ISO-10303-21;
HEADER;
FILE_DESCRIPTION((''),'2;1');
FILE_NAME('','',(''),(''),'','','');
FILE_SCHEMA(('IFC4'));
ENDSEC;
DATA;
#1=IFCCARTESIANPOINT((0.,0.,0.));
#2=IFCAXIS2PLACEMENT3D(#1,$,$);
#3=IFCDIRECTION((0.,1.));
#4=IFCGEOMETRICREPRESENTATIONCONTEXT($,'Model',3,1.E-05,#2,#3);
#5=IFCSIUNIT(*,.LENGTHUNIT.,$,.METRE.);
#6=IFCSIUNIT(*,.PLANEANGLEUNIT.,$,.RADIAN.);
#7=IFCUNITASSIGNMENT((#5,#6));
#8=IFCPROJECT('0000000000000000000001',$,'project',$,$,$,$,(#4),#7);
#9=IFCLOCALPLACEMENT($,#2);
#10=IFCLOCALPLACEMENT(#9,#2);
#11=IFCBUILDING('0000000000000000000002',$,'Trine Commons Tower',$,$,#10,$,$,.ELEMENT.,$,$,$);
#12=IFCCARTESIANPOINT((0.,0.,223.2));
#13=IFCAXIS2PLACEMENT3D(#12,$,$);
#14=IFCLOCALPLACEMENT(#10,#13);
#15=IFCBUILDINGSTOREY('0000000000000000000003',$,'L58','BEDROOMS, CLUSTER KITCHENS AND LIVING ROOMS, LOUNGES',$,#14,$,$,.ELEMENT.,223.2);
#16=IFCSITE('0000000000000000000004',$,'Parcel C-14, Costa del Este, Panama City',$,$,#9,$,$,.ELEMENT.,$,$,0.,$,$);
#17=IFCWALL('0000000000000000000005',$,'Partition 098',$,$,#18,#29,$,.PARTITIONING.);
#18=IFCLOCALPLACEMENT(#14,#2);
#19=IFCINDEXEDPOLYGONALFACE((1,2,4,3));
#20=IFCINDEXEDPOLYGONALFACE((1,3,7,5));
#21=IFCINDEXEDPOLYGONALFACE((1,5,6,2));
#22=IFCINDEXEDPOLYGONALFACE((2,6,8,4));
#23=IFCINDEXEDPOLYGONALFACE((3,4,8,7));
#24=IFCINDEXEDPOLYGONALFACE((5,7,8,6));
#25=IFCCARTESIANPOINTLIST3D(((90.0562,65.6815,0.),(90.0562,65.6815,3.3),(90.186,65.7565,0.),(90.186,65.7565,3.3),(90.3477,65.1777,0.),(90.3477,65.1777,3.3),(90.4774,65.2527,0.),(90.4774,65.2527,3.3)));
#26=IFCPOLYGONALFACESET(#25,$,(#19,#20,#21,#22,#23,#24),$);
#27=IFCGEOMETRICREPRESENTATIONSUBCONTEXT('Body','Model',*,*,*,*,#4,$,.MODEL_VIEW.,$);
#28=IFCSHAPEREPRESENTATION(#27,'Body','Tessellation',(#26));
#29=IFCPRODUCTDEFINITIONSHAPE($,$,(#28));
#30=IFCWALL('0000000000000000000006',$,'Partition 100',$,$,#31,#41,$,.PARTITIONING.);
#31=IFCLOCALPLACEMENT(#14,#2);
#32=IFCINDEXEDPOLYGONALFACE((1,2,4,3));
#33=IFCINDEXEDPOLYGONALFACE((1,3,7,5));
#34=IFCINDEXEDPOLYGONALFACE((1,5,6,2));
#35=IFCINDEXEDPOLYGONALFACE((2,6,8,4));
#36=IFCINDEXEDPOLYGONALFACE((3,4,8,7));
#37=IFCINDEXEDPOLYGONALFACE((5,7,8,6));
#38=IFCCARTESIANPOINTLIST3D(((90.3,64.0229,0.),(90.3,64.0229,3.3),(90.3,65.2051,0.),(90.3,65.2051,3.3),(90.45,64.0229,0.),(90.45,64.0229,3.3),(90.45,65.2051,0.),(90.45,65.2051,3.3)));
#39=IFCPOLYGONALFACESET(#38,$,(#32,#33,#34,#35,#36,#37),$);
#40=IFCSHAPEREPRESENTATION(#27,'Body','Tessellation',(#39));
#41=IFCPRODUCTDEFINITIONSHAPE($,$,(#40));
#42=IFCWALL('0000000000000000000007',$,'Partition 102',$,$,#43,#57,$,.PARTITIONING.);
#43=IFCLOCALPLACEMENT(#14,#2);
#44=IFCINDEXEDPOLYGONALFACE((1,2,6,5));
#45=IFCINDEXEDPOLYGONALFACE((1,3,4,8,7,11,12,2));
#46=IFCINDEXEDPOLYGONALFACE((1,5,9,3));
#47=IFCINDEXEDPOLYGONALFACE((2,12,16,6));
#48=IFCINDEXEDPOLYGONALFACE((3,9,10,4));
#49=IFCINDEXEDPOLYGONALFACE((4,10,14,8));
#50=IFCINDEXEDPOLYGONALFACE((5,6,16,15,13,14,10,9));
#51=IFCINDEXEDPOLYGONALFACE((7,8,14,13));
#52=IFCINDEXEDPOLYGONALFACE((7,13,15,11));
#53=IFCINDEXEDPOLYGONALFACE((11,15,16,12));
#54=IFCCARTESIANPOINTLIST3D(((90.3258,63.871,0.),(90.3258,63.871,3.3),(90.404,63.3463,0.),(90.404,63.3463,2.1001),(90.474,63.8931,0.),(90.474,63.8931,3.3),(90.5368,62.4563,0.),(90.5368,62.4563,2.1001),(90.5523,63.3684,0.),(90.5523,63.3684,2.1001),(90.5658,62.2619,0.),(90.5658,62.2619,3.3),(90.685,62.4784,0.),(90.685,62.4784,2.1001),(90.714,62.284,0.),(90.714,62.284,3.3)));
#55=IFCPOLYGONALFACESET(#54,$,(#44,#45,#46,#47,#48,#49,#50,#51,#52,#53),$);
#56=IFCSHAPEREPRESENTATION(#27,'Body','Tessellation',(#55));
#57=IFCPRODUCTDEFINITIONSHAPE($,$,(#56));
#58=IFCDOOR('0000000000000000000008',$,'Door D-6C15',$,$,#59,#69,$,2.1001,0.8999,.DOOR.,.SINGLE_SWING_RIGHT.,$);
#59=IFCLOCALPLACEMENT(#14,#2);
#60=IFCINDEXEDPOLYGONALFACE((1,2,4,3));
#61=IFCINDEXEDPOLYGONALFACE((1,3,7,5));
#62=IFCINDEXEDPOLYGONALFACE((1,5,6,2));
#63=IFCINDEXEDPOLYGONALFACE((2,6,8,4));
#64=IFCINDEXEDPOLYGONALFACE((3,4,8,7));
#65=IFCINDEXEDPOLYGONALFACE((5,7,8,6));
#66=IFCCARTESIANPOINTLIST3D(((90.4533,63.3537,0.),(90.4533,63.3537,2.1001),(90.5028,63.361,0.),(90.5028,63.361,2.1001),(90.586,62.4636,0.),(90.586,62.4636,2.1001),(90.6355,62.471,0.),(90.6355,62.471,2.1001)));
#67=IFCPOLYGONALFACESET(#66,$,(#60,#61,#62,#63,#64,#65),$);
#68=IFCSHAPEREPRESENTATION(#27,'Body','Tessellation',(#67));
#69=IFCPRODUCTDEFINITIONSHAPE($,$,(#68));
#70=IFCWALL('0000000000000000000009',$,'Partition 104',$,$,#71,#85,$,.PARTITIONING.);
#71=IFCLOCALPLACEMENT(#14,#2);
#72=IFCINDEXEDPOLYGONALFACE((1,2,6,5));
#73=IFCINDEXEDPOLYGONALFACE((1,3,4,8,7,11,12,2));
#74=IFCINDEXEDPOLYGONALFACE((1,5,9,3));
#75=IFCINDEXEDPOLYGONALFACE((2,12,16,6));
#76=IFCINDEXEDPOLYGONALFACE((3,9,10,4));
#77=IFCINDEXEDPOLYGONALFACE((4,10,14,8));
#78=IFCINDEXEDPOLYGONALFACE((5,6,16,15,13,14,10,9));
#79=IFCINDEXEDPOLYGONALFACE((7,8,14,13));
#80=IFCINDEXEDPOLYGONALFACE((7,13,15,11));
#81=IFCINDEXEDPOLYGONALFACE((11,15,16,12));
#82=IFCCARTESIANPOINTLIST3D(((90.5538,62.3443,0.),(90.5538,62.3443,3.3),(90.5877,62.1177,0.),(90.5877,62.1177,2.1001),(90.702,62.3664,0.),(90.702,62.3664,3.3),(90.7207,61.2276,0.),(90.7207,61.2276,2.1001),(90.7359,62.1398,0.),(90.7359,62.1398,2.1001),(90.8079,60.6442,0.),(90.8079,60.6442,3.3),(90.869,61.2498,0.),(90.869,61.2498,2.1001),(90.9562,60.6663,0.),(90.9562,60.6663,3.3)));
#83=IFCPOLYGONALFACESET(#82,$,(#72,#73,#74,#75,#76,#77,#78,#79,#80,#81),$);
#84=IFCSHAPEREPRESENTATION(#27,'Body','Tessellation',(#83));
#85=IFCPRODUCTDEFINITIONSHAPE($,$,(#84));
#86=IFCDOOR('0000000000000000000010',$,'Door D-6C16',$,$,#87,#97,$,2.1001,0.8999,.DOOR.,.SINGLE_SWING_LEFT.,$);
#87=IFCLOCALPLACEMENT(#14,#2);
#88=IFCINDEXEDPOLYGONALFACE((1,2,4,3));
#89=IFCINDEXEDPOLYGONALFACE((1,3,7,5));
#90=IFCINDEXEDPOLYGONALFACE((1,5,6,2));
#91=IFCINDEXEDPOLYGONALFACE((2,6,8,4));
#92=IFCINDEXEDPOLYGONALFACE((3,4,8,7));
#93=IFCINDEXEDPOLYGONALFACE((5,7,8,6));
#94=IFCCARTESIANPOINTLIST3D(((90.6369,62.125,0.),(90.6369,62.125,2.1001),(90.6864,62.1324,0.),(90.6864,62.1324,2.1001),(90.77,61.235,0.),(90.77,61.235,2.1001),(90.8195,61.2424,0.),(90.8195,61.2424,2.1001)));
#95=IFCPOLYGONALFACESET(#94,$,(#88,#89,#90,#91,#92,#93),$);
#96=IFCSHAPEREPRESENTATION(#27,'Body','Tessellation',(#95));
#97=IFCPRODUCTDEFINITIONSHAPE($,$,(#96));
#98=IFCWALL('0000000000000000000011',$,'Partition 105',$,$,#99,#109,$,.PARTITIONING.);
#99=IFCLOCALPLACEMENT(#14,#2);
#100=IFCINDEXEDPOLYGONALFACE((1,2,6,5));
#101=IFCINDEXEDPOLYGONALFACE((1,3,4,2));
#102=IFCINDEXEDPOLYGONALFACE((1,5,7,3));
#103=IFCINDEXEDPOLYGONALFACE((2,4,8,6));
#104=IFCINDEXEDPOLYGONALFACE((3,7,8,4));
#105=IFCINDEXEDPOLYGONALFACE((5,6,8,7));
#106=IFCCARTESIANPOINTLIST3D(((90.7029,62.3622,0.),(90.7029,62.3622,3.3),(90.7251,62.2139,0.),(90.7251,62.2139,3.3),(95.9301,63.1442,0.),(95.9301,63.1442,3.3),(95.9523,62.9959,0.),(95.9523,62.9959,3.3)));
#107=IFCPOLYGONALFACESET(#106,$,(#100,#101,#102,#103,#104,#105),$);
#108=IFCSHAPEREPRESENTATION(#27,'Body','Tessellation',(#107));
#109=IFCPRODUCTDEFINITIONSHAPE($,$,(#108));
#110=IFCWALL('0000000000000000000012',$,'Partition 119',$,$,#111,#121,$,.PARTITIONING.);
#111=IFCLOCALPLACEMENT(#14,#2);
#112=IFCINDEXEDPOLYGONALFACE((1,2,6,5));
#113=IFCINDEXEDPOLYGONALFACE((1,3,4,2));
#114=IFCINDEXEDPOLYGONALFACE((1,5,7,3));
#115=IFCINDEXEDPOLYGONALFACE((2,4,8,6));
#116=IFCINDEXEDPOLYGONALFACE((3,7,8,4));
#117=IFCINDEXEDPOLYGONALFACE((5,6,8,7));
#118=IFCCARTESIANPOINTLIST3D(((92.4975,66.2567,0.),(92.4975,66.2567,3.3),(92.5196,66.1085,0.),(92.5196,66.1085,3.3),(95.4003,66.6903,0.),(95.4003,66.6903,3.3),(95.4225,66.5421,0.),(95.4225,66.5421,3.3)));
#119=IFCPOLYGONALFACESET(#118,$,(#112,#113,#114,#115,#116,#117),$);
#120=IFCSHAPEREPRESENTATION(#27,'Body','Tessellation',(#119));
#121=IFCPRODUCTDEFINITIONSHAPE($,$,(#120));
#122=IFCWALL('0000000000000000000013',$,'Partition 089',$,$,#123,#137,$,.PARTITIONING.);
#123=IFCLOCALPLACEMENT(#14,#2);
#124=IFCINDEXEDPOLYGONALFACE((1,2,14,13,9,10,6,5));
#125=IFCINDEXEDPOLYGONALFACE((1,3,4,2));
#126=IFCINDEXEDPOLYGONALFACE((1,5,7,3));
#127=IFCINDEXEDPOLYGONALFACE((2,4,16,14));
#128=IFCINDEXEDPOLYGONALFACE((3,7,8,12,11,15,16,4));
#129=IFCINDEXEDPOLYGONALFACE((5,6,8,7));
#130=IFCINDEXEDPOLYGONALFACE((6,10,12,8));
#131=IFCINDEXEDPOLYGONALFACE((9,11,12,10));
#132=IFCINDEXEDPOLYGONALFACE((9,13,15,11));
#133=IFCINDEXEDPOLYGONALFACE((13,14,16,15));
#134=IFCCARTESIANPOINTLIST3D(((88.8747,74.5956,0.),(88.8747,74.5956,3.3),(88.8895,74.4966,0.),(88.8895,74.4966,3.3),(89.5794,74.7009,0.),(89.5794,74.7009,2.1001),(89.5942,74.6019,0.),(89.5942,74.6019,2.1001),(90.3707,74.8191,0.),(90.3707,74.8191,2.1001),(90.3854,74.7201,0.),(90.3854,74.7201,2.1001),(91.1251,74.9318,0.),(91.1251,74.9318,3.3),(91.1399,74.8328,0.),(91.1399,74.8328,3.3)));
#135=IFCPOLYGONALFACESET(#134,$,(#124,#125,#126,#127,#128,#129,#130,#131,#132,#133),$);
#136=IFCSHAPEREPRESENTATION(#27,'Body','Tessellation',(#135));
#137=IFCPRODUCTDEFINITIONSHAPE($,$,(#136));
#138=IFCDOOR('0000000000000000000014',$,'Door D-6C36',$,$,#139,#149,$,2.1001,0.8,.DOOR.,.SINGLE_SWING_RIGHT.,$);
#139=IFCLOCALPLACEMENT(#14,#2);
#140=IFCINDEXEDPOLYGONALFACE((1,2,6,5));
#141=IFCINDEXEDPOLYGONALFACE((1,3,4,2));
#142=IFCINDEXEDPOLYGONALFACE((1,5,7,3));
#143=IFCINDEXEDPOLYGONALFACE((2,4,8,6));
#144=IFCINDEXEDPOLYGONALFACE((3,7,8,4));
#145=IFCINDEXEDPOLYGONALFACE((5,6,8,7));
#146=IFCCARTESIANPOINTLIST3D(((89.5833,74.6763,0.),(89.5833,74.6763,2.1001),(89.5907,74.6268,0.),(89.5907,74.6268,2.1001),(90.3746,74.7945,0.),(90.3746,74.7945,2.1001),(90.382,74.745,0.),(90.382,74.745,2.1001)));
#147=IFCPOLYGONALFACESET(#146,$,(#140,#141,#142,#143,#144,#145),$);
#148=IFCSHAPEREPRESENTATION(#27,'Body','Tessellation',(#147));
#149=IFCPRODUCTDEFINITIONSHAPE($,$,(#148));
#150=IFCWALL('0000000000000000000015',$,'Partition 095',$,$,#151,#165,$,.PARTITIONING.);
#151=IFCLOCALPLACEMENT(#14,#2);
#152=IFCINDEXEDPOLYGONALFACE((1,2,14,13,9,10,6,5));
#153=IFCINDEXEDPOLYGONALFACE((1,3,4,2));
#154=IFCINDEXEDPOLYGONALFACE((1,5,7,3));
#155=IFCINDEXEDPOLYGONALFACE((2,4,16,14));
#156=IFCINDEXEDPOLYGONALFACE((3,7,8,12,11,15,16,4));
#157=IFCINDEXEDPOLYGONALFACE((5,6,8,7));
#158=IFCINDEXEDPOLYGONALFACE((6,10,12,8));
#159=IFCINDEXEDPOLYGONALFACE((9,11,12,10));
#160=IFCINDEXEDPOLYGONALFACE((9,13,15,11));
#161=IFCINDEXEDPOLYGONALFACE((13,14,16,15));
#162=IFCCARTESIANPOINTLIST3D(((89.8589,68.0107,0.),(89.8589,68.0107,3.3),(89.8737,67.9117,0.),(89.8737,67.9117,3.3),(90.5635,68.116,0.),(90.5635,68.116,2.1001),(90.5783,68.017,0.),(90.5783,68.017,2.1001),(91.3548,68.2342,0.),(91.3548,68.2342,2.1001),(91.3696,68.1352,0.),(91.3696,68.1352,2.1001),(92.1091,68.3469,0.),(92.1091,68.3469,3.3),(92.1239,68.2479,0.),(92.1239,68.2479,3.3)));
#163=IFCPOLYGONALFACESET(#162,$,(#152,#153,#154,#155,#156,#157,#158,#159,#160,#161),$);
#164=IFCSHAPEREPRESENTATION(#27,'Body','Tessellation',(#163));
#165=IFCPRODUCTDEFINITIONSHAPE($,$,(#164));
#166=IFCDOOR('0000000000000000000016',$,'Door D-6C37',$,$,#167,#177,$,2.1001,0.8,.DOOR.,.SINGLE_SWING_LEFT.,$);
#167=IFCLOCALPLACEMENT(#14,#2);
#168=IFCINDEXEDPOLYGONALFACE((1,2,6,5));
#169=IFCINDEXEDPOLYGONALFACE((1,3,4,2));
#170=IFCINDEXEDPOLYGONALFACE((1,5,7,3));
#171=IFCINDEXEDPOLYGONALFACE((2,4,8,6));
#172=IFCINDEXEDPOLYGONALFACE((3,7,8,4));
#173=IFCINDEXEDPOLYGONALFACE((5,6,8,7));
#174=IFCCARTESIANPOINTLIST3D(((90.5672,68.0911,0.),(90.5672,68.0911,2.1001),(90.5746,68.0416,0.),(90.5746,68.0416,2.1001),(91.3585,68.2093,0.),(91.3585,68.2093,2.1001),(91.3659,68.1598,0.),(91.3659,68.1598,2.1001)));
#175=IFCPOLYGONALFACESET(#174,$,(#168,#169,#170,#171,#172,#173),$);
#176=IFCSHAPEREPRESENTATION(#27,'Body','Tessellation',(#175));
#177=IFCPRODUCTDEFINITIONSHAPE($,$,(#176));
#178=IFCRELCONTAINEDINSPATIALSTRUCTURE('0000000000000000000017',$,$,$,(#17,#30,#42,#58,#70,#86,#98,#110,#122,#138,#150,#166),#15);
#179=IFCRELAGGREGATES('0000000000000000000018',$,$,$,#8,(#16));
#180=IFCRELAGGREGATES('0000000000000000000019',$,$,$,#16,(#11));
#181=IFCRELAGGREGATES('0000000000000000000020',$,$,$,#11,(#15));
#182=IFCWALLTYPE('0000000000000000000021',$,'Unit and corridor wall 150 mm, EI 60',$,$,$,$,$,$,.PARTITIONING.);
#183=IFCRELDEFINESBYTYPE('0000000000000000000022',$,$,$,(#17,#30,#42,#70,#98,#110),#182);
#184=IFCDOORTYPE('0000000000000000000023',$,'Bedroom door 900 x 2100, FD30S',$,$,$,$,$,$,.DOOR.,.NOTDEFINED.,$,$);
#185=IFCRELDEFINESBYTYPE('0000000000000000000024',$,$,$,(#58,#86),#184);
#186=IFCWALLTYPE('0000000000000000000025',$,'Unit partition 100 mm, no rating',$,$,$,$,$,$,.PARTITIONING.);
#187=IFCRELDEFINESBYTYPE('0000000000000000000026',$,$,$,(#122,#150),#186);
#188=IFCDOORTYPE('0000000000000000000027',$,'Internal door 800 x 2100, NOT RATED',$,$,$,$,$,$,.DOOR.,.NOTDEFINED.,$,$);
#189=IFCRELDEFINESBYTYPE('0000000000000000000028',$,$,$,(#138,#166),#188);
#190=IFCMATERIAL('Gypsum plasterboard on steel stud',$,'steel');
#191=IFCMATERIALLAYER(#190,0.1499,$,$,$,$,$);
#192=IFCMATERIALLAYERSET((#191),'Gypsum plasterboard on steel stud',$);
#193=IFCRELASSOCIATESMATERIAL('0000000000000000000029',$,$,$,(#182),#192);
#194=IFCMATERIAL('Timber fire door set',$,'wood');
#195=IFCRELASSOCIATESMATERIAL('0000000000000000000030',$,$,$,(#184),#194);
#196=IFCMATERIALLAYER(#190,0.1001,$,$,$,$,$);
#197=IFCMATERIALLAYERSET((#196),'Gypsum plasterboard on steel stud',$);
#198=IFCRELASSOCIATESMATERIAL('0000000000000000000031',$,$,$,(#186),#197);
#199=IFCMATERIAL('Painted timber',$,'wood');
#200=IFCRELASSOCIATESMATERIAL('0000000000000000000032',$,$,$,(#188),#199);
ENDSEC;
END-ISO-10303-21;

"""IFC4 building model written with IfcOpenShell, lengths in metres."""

from ifc_helpers import new_model, si_unit, direction, frame, frame_2d, origin, place, context, subcontext, project, spatial, rectangle, extrude, material, layer, layer_set, type_object, element, fill, save


model = new_model("IFC4")

# Units and contexts
model_context = context("Model", 3, precision=1e-05, world=origin(), true_north=direction((0.0, 1.0)))
body_context = subcontext(model_context, "Body", "Model", "MODEL_VIEW")
ifc_project = project(units=[si_unit("LENGTHUNIT", "METRE"), si_unit("PLANEANGLEUNIT", "RADIAN")], contexts=[model_context])

# Site, building, storey
site_placement = place(None, origin())
site = spatial("IfcSite", under=ifc_project, at=site_placement, Name="Parcel C-14, Costa del Este, Panama City", CompositionType="ELEMENT", RefElevation=0.0)
building_placement = place(site_placement, origin())
building = spatial("IfcBuilding", under=site, at=building_placement, Name="Trine Commons Tower", CompositionType="ELEMENT")
storey_placement = place(building_placement, frame((0.0, 0.0, 223.2)))
storey = spatial("IfcBuildingStorey", under=building, at=storey_placement, Name="L58", Description="BEDROOMS, CLUSTER KITCHENS AND LIVING ROOMS, LOUNGES", CompositionType="ELEMENT", Elevation=223.2)

# Shared definitions
ifc_material_1 = material(Name="Gypsum plasterboard on steel stud", Category="steel")
ifc_layer_1 = layer(ifc_material_1, 0.1499)
ifc_layer_set_1 = layer_set([ifc_layer_1], Name="Gypsum plasterboard on steel stud")
wall_type_1 = type_object("IfcWallType", Name="Unit and corridor wall 150 mm, EI 60", PredefinedType="PARTITIONING", material=ifc_layer_set_1)

# Shared definitions
ifc_material_2 = material(Name="Timber fire door set", Category="wood")
door_type_1 = type_object("IfcDoorType", Name="Bedroom door 900 x 2100, FD30S", OperationType="NOTDEFINED", PredefinedType="DOOR", material=ifc_material_2)

# Walls
wall_1_placement = place(storey_placement, frame((90.1211, 65.719, 0.0), z_axis=(0.0, 0.0, 1.0), x_axis=(0.500739, -0.865599, 0.0)))
element("IfcWall", 1, at=wall_1_placement, inside=storey, type_object=wall_type_1, Name="Partition 098", PredefinedType="PARTITIONING", context=body_context, shape_type="SweptSolid", body=[
    extrude(rectangle(XDim=0.582, YDim=0.1499, at=frame_2d((0.291, 0.0))), origin(), (0.0, 0.0, 1.0), 3.3),
])
wall_2_placement = place(storey_placement, frame((90.375, 64.0229, 0.0), z_axis=(0.0, 0.0, 1.0), x_axis=(0.0, 1.0, 0.0)))
element("IfcWall", 2, at=wall_2_placement, inside=storey, type_object=wall_type_1, Name="Partition 100", PredefinedType="PARTITIONING", context=body_context, shape_type="SweptSolid", body=[
    extrude(rectangle(XDim=1.1821, YDim=0.1499, at=frame_2d((0.5911, 0.0))), origin(), (0.0, 0.0, 1.0), 3.3),
])

# Walls, openings, doors
wall_3_placement = place(storey_placement, frame((90.3999, 63.8821, 0.0), z_axis=(0.0, 0.0, 1.0), x_axis=(0.147511, -0.98906, 0.0)))
wall_3 = element("IfcWall", 3, at=wall_3_placement, inside=storey, type_object=wall_type_1, Name="Partition 102", PredefinedType="PARTITIONING", context=body_context, shape_type="SweptSolid", body=[
    extrude(rectangle(XDim=1.627, YDim=0.1499, at=frame_2d((0.8135, 0.0))), origin(), (0.0, 0.0, 1.0), 3.3),
])
opening_1_placement = place(wall_3_placement, frame((0.5305, 0.0, 0.0)))
opening_1 = element("IfcOpeningElement", 4, at=opening_1_placement, cuts=wall_3, PredefinedType="OPENING", context=body_context, shape_type="SweptSolid", body=[
    extrude(rectangle(XDim=0.8999, YDim=2.1001, at=frame_2d((0.45, 1.05))), frame((0.0, 0.085, 0.0), z_axis=(0.0, -1.0, 0.0), x_axis=(1.0, 0.0, 0.0)), (0.0, 0.0, 1.0), 0.1699),
])
door_1_placement = place(opening_1_placement, origin())
door_1 = element("IfcDoor", 5, at=door_1_placement, inside=storey, type_object=door_type_1, Name="Door D-6C15", OperationType="SINGLE_SWING_RIGHT", OverallHeight=2.1001, OverallWidth=0.8999, PredefinedType="DOOR", context=body_context, shape_type="SweptSolid", body=[
    extrude(rectangle(XDim=0.8999, YDim=2.1001, at=frame_2d((0.45, 1.05))), frame((0.0, 0.0249, 0.0), z_axis=(0.0, -1.0, 0.0), x_axis=(1.0, 0.0, 0.0)), (0.0, 0.0, 1.0), 0.05),
])
fill(opening_1, door_1)
wall_4_placement = place(storey_placement, frame((90.6279, 62.3552, 0.0), z_axis=(0.0, 0.0, 1.0), x_axis=(0.14784, -0.989011, 0.0)))
wall_4 = element("IfcWall", 6, at=wall_4_placement, inside=storey, type_object=wall_type_1, Name="Partition 104", PredefinedType="PARTITIONING", context=body_context, shape_type="SweptSolid", body=[
    extrude(rectangle(XDim=1.719, YDim=0.1499, at=frame_2d((0.8594, 0.0))), origin(), (0.0, 0.0, 1.0), 3.3),
])
opening_2_placement = place(wall_4_placement, frame((0.229, 0.0, 0.0)))
opening_2 = element("IfcOpeningElement", 7, at=opening_2_placement, cuts=wall_4, PredefinedType="OPENING", context=body_context, shape_type="SweptSolid", body=[
    extrude(rectangle(XDim=0.8999, YDim=2.1001, at=frame_2d((0.45, 1.05))), frame((0.0, 0.085, 0.0), z_axis=(0.0, -1.0, 0.0), x_axis=(1.0, 0.0, 0.0)), (0.0, 0.0, 1.0), 0.1699),
])
door_2_placement = place(opening_2_placement, origin())
door_2 = element("IfcDoor", 8, at=door_2_placement, inside=storey, type_object=door_type_1, Name="Door D-6C16", OperationType="SINGLE_SWING_LEFT", OverallHeight=2.1001, OverallWidth=0.8999, PredefinedType="DOOR", context=body_context, shape_type="SweptSolid", body=[
    extrude(rectangle(XDim=0.8999, YDim=2.1001, at=frame_2d((0.45, 1.05))), frame((0.0, 0.0249, 0.0), z_axis=(0.0, -1.0, 0.0), x_axis=(1.0, 0.0, 0.0)), (0.0, 0.0, 1.0), 0.05),
])
fill(opening_2, door_2)

# Walls
wall_5_placement = place(storey_placement, frame((90.7141, 62.2881, 0.0), z_axis=(0.0, 0.0, 1.0), x_axis=(0.988995, 0.14795, 0.0)))
element("IfcWall", 9, at=wall_5_placement, inside=storey, type_object=wall_type_1, Name="Partition 105", PredefinedType="PARTITIONING", context=body_context, shape_type="SweptSolid", body=[
    extrude(rectangle(XDim=5.2854, YDim=0.1499, at=frame_2d((2.6426, 0.0))), origin(), (0.0, 0.0, 1.0), 3.3),
])
wall_6_placement = place(storey_placement, frame((92.5085, 66.1826, 0.0), z_axis=(0.0, 0.0, 1.0), x_axis=(0.989028, 0.14773, 0.0)))
element("IfcWall", 10, at=wall_6_placement, inside=storey, type_object=wall_type_1, Name="Partition 119", PredefinedType="PARTITIONING", context=body_context, shape_type="SweptSolid", body=[
    extrude(rectangle(XDim=2.9351, YDim=0.1499, at=frame_2d((1.4675, 0.0))), origin(), (0.0, 0.0, 1.0), 3.3),
])

# Walls, openings, doors
ifc_layer_2 = layer(ifc_material_1, 0.1001)
ifc_layer_set_2 = layer_set([ifc_layer_2], Name="Gypsum plasterboard on steel stud")
wall_type_2 = type_object("IfcWallType", Name="Unit partition 100 mm, no rating", PredefinedType="PARTITIONING", material=ifc_layer_set_2)
wall_7_placement = place(storey_placement, frame((88.8821, 74.5461, 0.0), z_axis=(0.0, 0.0, 1.0), x_axis=(0.989026, 0.147742, 0.0)))
wall_7 = element("IfcWall", 11, at=wall_7_placement, inside=storey, type_object=wall_type_2, Name="Partition 089", PredefinedType="PARTITIONING", context=body_context, shape_type="SweptSolid", body=[
    extrude(rectangle(XDim=2.2754, YDim=0.1001, at=frame_2d((1.1377, 0.0))), origin(), (0.0, 0.0, 1.0), 3.3),
])
opening_3_placement = place(wall_7_placement, frame((0.7126, 0.0, 0.0)))
opening_3 = element("IfcOpeningElement", 12, at=opening_3_placement, cuts=wall_7, PredefinedType="OPENING", context=body_context, shape_type="SweptSolid", body=[
    extrude(rectangle(XDim=0.8, YDim=2.1001, at=frame_2d((0.3999, 1.05))), frame((0.0, 0.0601, 0.0), z_axis=(0.0, -1.0, 0.0), x_axis=(1.0, 0.0, 0.0)), (0.0, 0.0, 1.0), 0.1201),
])
ifc_material_3 = material(Name="Painted timber", Category="wood")
door_type_2 = type_object("IfcDoorType", Name="Internal door 800 x 2100, NOT RATED", OperationType="NOTDEFINED", PredefinedType="DOOR", material=ifc_material_3)
door_3_placement = place(opening_3_placement, frame((0.8, 0.0, 0.0), z_axis=(0.0, 0.0, 1.0), x_axis=(-1.0, 0.0, 0.0)))
door_3 = element("IfcDoor", 13, at=door_3_placement, inside=storey, type_object=door_type_2, Name="Door D-6C36", OperationType="SINGLE_SWING_RIGHT", OverallHeight=2.1001, OverallWidth=0.8, PredefinedType="DOOR", context=body_context, shape_type="SweptSolid", body=[
    extrude(rectangle(XDim=0.8, YDim=2.1001, at=frame_2d((0.3999, 1.05))), frame((0.0, 0.0249, 0.0), z_axis=(0.0, -1.0, 0.0), x_axis=(1.0, 0.0, 0.0)), (0.0, 0.0, 1.0), 0.05),
])
fill(opening_3, door_3)
wall_8_placement = place(storey_placement, frame((89.8662, 67.9612, 0.0), z_axis=(0.0, 0.0, 1.0), x_axis=(0.989024, 0.147758, 0.0)))
wall_8 = element("IfcWall", 14, at=wall_8_placement, inside=storey, type_object=wall_type_2, Name="Partition 095", PredefinedType="PARTITIONING", context=body_context, shape_type="SweptSolid", body=[
    extrude(rectangle(XDim=2.2751, YDim=0.1001, at=frame_2d((1.1377, 0.0))), origin(), (0.0, 0.0, 1.0), 3.3),
])
opening_4_placement = place(wall_8_placement, frame((0.7126, 0.0, 0.0)))
opening_4 = element("IfcOpeningElement", 15, at=opening_4_placement, cuts=wall_8, PredefinedType="OPENING", context=body_context, shape_type="SweptSolid", body=[
    extrude(rectangle(XDim=0.8, YDim=2.1001, at=frame_2d((0.3999, 1.05))), frame((0.0, 0.0601, 0.0), z_axis=(0.0, -1.0, 0.0), x_axis=(1.0, 0.0, 0.0)), (0.0, 0.0, 1.0), 0.1201),
])
door_4_placement = place(opening_4_placement, origin())
door_4 = element("IfcDoor", 16, at=door_4_placement, inside=storey, type_object=door_type_2, Name="Door D-6C37", OperationType="SINGLE_SWING_LEFT", OverallHeight=2.1001, OverallWidth=0.8, PredefinedType="DOOR", context=body_context, shape_type="SweptSolid", body=[
    extrude(rectangle(XDim=0.8, YDim=2.1001, at=frame_2d((0.3999, 1.05))), frame((0.0, 0.0249, 0.0), z_axis=(0.0, -1.0, 0.0), x_axis=(1.0, 0.0, 0.0)), (0.0, 0.0, 1.0), 0.05),
])
fill(opening_4, door_4)

save(model, "model.ifc")
